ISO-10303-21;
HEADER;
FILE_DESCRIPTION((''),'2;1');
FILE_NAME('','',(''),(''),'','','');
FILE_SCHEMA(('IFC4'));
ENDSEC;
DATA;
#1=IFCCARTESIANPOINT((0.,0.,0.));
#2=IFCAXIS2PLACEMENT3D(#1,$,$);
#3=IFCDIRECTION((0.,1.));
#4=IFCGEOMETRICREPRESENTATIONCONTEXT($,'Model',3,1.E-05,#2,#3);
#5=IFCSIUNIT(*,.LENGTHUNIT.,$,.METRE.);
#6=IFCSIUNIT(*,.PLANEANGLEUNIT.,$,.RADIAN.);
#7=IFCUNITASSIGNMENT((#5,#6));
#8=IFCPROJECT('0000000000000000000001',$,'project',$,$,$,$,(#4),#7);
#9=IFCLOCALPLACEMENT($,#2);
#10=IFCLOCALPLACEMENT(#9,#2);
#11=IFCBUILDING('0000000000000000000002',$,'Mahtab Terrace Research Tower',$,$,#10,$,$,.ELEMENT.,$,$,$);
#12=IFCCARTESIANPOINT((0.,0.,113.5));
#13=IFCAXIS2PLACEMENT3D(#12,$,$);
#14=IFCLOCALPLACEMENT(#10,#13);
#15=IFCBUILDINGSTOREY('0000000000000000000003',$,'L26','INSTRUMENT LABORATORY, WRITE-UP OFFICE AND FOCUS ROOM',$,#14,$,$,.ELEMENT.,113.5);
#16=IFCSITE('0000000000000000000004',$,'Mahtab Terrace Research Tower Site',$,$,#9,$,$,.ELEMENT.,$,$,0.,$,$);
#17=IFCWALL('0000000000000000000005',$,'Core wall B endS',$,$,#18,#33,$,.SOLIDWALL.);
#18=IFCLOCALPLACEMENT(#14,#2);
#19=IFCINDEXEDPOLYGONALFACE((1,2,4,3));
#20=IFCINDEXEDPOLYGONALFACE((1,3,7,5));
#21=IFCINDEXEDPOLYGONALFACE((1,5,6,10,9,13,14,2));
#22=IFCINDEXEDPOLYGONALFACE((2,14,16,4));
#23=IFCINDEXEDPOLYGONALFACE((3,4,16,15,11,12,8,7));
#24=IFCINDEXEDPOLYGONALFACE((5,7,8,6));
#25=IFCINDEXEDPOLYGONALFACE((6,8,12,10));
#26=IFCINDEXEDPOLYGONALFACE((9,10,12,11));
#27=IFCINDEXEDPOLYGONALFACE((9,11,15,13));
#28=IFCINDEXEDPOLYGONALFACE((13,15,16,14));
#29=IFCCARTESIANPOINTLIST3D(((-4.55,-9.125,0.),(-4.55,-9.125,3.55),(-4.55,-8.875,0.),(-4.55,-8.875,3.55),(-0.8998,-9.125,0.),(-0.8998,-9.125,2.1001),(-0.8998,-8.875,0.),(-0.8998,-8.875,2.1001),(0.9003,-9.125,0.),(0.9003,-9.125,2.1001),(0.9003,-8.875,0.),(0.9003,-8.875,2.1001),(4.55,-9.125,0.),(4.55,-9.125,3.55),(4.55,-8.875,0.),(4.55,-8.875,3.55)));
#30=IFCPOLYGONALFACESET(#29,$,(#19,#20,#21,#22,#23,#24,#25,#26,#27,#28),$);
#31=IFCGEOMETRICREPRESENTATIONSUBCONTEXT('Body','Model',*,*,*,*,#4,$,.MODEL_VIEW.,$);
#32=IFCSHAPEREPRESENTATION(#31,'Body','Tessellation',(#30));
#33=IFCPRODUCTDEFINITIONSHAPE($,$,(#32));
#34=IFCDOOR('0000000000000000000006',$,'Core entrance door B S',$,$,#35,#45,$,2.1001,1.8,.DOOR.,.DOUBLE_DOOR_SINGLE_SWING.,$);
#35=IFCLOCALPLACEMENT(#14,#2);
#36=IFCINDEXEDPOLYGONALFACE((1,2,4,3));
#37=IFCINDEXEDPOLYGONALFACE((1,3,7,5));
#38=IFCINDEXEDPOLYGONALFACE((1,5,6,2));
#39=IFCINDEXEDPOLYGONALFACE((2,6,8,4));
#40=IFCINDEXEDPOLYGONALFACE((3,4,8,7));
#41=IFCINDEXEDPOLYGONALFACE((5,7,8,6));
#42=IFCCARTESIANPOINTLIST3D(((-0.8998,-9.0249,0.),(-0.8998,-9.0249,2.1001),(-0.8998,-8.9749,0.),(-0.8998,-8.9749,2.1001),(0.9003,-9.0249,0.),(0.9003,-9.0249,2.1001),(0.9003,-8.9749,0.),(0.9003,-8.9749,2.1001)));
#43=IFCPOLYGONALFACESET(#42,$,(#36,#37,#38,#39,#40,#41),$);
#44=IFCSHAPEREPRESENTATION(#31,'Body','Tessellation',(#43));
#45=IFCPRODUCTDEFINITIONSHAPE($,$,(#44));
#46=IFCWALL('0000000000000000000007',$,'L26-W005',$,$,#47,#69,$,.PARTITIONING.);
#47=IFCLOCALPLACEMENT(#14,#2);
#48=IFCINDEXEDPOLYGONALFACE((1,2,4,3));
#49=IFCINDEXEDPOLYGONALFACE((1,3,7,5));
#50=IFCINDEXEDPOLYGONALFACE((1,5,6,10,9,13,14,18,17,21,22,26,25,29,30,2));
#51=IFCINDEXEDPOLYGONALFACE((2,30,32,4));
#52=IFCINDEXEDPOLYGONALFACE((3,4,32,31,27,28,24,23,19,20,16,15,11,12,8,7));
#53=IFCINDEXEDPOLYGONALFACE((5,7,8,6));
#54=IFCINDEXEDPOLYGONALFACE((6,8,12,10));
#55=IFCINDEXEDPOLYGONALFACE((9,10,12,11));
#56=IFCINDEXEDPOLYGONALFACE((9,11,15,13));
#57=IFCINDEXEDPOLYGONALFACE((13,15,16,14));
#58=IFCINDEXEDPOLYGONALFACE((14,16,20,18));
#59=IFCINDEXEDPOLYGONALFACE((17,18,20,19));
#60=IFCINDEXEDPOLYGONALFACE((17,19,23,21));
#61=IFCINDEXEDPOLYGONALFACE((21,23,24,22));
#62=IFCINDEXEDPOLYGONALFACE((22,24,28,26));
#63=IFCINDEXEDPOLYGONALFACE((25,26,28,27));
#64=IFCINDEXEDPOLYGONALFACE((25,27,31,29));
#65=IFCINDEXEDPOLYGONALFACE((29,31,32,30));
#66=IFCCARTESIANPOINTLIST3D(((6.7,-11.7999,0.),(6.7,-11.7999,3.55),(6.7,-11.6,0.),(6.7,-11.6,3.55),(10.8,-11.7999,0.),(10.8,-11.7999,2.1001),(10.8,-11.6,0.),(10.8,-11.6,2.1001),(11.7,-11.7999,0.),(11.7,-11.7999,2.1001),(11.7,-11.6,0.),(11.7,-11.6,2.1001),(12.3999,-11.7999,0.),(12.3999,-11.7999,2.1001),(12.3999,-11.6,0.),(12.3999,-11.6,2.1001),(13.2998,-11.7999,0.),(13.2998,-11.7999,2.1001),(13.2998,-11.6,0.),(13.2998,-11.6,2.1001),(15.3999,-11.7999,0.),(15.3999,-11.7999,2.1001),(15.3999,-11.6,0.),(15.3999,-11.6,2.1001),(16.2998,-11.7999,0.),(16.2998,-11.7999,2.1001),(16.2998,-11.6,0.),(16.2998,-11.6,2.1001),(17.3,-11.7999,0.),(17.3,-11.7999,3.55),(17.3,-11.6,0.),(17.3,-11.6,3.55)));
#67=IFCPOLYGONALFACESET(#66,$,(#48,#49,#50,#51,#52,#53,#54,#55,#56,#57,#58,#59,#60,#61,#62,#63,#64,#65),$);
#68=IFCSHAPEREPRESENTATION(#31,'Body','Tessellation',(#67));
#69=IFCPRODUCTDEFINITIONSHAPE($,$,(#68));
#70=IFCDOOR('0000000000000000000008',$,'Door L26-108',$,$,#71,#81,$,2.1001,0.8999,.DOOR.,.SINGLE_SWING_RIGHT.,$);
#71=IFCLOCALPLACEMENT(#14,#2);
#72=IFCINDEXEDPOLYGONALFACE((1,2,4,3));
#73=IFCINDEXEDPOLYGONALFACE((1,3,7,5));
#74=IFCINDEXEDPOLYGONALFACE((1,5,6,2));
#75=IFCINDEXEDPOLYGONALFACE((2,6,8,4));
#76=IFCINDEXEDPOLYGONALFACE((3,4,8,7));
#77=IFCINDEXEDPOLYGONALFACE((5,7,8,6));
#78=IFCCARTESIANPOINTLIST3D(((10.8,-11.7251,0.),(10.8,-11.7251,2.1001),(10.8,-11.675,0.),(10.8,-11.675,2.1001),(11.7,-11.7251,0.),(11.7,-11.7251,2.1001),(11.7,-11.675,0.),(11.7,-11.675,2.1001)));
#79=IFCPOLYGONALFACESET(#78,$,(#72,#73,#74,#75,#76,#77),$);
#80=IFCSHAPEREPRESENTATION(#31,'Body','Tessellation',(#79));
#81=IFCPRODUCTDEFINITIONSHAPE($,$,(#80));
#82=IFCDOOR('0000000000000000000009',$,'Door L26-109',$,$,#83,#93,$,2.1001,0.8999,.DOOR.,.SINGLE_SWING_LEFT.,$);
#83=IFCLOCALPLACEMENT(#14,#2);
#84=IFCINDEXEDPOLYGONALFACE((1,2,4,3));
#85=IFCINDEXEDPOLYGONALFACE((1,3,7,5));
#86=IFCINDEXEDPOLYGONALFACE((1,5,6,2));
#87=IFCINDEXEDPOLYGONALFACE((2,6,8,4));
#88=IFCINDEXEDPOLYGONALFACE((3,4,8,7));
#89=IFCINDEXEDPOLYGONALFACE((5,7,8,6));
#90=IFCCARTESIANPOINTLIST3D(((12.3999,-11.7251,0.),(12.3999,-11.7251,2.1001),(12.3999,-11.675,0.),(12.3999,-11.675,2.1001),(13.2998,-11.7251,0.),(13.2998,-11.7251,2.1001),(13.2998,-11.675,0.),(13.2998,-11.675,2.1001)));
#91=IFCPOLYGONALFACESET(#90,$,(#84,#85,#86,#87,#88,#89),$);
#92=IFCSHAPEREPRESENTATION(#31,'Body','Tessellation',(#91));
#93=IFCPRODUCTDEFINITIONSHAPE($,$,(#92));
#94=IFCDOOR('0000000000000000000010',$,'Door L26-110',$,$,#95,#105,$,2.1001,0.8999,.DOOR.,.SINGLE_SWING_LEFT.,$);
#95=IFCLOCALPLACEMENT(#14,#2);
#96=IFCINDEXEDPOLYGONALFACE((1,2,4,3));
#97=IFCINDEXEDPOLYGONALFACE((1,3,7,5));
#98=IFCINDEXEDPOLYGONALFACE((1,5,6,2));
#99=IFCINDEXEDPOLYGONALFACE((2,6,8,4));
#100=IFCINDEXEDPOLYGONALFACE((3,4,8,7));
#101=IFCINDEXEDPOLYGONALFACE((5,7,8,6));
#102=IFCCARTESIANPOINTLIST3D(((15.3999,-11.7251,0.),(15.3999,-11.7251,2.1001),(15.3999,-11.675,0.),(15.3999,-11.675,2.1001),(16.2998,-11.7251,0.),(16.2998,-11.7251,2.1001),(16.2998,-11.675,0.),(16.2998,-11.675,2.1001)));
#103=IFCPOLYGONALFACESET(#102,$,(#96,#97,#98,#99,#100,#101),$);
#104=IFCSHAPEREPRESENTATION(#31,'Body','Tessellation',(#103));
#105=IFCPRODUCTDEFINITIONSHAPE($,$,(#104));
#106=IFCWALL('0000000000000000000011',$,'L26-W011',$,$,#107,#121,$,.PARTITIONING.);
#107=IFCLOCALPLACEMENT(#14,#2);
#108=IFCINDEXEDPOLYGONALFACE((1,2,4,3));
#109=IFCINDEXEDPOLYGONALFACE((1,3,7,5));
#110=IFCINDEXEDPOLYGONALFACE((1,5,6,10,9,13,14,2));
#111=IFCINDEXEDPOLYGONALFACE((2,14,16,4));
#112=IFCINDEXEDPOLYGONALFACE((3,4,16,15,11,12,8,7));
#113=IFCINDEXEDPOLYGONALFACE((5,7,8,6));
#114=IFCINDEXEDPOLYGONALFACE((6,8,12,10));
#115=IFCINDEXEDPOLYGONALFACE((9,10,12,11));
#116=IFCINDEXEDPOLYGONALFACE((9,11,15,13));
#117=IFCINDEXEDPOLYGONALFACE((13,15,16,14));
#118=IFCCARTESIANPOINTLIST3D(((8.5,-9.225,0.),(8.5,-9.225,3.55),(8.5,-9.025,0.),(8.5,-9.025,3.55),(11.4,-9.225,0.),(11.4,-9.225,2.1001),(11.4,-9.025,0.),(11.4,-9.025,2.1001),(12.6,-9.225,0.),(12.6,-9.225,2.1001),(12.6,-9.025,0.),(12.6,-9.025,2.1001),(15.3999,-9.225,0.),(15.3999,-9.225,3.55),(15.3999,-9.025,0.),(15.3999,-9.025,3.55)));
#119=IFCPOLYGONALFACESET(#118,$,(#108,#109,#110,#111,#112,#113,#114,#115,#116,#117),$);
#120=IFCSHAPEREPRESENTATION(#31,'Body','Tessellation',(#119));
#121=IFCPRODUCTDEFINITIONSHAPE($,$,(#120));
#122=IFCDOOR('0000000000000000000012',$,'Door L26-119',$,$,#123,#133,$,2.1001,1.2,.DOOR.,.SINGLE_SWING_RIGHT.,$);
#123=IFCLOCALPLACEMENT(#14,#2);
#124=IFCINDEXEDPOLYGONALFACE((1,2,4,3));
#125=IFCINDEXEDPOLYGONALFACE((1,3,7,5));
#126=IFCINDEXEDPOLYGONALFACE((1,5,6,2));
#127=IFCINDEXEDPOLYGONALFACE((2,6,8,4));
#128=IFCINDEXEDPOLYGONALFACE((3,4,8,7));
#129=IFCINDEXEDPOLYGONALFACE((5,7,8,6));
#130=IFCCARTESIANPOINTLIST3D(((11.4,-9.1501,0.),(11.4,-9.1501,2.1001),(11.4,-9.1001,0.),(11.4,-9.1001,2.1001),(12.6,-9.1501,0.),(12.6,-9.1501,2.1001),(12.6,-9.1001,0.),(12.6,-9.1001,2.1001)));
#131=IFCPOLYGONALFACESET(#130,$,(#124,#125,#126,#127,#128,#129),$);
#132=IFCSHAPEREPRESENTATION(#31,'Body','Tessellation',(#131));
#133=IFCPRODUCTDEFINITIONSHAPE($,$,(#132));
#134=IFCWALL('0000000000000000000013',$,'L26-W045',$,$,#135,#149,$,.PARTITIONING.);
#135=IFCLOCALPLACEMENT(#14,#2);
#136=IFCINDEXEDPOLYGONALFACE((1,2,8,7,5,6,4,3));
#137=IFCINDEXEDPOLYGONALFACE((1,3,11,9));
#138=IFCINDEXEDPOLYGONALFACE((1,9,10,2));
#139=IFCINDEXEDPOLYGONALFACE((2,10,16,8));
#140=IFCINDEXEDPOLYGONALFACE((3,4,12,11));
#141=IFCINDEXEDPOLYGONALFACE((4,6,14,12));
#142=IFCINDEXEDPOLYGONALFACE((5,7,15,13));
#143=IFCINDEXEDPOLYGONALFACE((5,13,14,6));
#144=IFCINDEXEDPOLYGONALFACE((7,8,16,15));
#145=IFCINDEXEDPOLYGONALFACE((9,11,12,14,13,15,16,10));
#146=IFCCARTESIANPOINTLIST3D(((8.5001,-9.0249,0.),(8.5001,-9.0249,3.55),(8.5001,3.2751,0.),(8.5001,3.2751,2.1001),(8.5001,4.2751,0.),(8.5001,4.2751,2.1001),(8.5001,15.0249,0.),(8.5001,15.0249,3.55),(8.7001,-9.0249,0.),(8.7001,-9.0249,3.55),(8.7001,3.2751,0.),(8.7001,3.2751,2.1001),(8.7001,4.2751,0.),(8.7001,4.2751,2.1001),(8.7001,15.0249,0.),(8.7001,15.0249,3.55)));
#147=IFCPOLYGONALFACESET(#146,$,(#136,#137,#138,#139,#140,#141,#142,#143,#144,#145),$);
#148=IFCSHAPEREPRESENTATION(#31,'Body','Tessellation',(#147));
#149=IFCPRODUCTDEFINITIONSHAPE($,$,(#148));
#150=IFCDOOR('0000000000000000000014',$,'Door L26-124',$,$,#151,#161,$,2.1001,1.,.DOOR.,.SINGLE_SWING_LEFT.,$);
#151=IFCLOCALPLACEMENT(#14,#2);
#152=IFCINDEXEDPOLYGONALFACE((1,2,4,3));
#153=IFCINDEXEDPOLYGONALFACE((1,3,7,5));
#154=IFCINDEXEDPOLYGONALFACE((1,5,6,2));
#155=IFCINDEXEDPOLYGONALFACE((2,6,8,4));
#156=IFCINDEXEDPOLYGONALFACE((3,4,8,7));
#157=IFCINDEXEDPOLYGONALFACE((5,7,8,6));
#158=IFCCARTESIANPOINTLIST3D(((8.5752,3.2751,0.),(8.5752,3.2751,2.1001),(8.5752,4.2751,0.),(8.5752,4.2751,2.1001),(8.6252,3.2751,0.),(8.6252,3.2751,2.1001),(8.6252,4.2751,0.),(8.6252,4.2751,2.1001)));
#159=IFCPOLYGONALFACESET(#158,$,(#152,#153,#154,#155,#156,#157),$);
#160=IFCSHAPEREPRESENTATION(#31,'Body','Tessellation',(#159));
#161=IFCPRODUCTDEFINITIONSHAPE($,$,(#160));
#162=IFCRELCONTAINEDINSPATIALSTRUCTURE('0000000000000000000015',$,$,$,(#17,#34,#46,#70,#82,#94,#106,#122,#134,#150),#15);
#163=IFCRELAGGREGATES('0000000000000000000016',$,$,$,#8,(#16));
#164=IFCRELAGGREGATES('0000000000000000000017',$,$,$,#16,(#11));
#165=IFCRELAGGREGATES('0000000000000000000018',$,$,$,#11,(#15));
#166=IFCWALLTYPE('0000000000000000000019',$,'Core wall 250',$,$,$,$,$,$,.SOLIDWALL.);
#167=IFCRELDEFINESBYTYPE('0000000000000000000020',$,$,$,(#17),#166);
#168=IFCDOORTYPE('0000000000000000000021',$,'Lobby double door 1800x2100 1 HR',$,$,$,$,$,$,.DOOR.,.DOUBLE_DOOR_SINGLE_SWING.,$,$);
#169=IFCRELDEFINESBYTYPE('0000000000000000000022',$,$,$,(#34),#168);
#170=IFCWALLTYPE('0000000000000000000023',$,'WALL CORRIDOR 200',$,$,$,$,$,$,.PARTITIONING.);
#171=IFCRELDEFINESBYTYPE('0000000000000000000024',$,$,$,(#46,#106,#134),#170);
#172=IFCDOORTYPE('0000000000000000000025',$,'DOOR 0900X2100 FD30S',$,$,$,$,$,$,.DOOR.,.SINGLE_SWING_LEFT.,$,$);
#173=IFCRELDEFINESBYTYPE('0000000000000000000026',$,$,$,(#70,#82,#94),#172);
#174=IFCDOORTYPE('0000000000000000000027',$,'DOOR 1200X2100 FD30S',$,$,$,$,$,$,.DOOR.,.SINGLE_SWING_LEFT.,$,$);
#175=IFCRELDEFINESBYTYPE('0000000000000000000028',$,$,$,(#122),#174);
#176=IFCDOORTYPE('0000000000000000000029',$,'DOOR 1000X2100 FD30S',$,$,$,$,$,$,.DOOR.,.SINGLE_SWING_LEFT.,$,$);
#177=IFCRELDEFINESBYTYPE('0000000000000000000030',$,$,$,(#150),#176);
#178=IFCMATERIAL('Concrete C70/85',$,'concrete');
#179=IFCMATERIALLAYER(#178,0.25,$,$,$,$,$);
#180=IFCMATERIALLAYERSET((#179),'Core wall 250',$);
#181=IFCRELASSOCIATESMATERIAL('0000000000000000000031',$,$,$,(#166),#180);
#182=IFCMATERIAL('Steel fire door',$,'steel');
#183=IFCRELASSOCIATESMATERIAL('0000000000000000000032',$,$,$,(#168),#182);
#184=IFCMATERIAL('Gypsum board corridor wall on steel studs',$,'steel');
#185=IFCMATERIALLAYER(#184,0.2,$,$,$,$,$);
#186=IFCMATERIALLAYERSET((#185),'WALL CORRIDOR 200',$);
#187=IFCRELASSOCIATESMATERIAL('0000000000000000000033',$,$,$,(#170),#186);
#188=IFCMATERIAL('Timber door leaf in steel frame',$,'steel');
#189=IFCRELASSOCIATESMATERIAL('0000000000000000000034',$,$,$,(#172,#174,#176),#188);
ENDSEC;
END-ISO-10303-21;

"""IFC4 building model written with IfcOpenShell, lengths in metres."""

from ifc_helpers import new_model, si_unit, direction, frame, frame_2d, origin, place, context, subcontext, project, spatial, rectangle, extrude, material, layer, layer_set, type_object, element, fill, save


model = new_model("IFC4")

# Units and contexts
model_context = context("Model", 3, precision=1e-05, world=origin(), true_north=direction((0.0, 1.0)))
body_context = subcontext(model_context, "Body", "Model", "MODEL_VIEW")
ifc_project = project(units=[si_unit("LENGTHUNIT", "METRE"), si_unit("PLANEANGLEUNIT", "RADIAN")], contexts=[model_context])

# Site, building, storey
site_placement = place(None, origin())
site = spatial("IfcSite", under=ifc_project, at=site_placement, Name="Mahtab Terrace Research Tower Site", CompositionType="ELEMENT", RefElevation=0.0)
building_placement = place(site_placement, origin())
building = spatial("IfcBuilding", under=site, at=building_placement, Name="Mahtab Terrace Research Tower", CompositionType="ELEMENT")
storey_placement = place(building_placement, frame((0.0, 0.0, 113.5)))
storey = spatial("IfcBuildingStorey", under=building, at=storey_placement, Name="L26", Description="INSTRUMENT LABORATORY, WRITE-UP OFFICE AND FOCUS ROOM", CompositionType="ELEMENT", Elevation=113.5)

# Shared definitions
ifc_material_1 = material(Name="Concrete C70/85", Category="concrete")

# Shared definitions
ifc_layer_1 = layer(ifc_material_1, 0.25)
ifc_layer_set_1 = layer_set([ifc_layer_1], Name="Core wall 250")
wall_type_1 = type_object("IfcWallType", Name="Core wall 250", PredefinedType="SOLIDWALL", material=ifc_layer_set_1)

# Wall, opening, door
wall_1_placement = place(storey_placement, frame((4.55, -9.0, 0.0), z_axis=(0.0, 0.0, 1.0), x_axis=(-1.0, 0.0, 0.0)))
wall_1 = element("IfcWall", 1, at=wall_1_placement, inside=storey, type_object=wall_type_1, Name="Core wall B endS", PredefinedType="SOLIDWALL", context=body_context, shape_type="SweptSolid", body=[
    extrude(rectangle(XDim=9.1001, YDim=0.25, at=frame_2d((4.55, 0.0))), origin(), (0.0, 0.0, 1.0), 3.55),
])
opening_1_placement = place(wall_1_placement, frame((3.6499, 0.0, 0.0)))
opening_1 = element("IfcOpeningElement", 2, at=opening_1_placement, cuts=wall_1, PredefinedType="OPENING", context=body_context, shape_type="SweptSolid", body=[
    extrude(rectangle(XDim=1.8, YDim=2.1001, at=frame_2d((0.8999, 1.05))), frame((0.0, 0.135, 0.0), z_axis=(0.0, -1.0, 0.0), x_axis=(1.0, 0.0, 0.0)), (0.0, 0.0, 1.0), 0.27),
])
ifc_material_2 = material(Name="Steel fire door", Category="steel")
door_type_1 = type_object("IfcDoorType", Name="Lobby double door 1800x2100 1 HR", OperationType="DOUBLE_DOOR_SINGLE_SWING", PredefinedType="DOOR", material=ifc_material_2)
door_1_placement = place(opening_1_placement, origin())
door_1 = element("IfcDoor", 3, at=door_1_placement, inside=storey, type_object=door_type_1, Name="Core entrance door B S", OperationType="DOUBLE_DOOR_SINGLE_SWING", OverallHeight=2.1001, OverallWidth=1.8, PredefinedType="DOOR", context=body_context, shape_type="SweptSolid", body=[
    extrude(rectangle(XDim=1.8, YDim=2.1001, at=frame_2d((0.8999, 1.05))), frame((0.0, 0.0249, 0.0), z_axis=(0.0, -1.0, 0.0), x_axis=(1.0, 0.0, 0.0)), (0.0, 0.0, 1.0), 0.05),
])
fill(opening_1, door_1)

# Wall, openings, doors
ifc_material_3 = material(Name="Gypsum board corridor wall on steel studs", Category="steel")
ifc_layer_2 = layer(ifc_material_3, 0.2)
ifc_layer_set_2 = layer_set([ifc_layer_2], Name="WALL CORRIDOR 200")
wall_type_2 = type_object("IfcWallType", Name="WALL CORRIDOR 200", PredefinedType="PARTITIONING", material=ifc_layer_set_2)
wall_2_placement = place(storey_placement, frame((6.7, -11.7, 0.0), z_axis=(0.0, 0.0, 1.0), x_axis=(1.0, 0.0, 0.0)))
wall_2 = element("IfcWall", 4, at=wall_2_placement, inside=storey, type_object=wall_type_2, Name="L26-W005", PredefinedType="PARTITIONING", context=body_context, shape_type="SweptSolid", body=[
    extrude(rectangle(XDim=10.6001, YDim=0.2, at=frame_2d((5.3, 0.0))), origin(), (0.0, 0.0, 1.0), 3.55),
])
opening_2_placement = place(wall_2_placement, frame((4.1001, 0.0, 0.0)))
opening_2 = element("IfcOpeningElement", 5, at=opening_2_placement, cuts=wall_2, PredefinedType="OPENING", context=body_context, shape_type="SweptSolid", body=[
    extrude(rectangle(XDim=0.8999, YDim=2.1001, at=frame_2d((0.45, 1.05))), frame((0.0, 0.1099, 0.0), z_axis=(0.0, -1.0, 0.0), x_axis=(1.0, 0.0, 0.0)), (0.0, 0.0, 1.0), 0.22),
])
opening_3_placement = place(wall_2_placement, frame((5.7, 0.0, 0.0)))
opening_3 = element("IfcOpeningElement", 6, at=opening_3_placement, cuts=wall_2, PredefinedType="OPENING", context=body_context, shape_type="SweptSolid", body=[
    extrude(rectangle(XDim=0.8999, YDim=2.1001, at=frame_2d((0.45, 1.05))), frame((0.0, 0.1099, 0.0), z_axis=(0.0, -1.0, 0.0), x_axis=(1.0, 0.0, 0.0)), (0.0, 0.0, 1.0), 0.22),
])
opening_4_placement = place(wall_2_placement, frame((8.7, 0.0, 0.0)))
opening_4 = element("IfcOpeningElement", 7, at=opening_4_placement, cuts=wall_2, PredefinedType="OPENING", context=body_context, shape_type="SweptSolid", body=[
    extrude(rectangle(XDim=0.8999, YDim=2.1001, at=frame_2d((0.45, 1.05))), frame((0.0, 0.1099, 0.0), z_axis=(0.0, -1.0, 0.0), x_axis=(1.0, 0.0, 0.0)), (0.0, 0.0, 1.0), 0.22),
])
ifc_material_4 = material(Name="Timber door leaf in steel frame", Category="steel")
door_type_2 = type_object("IfcDoorType", Name="DOOR 0900X2100 FD30S", OperationType="SINGLE_SWING_LEFT", PredefinedType="DOOR", material=ifc_material_4)
door_2_placement = place(opening_2_placement, origin())
door_2 = element("IfcDoor", 8, at=door_2_placement, inside=storey, type_object=door_type_2, Name="Door L26-108", OperationType="SINGLE_SWING_RIGHT", OverallHeight=2.1001, OverallWidth=0.8999, PredefinedType="DOOR", context=body_context, shape_type="SweptSolid", body=[
    extrude(rectangle(XDim=0.8999, YDim=2.1001, at=frame_2d((0.45, 1.05))), frame((0.0, 0.0249, 0.0), z_axis=(0.0, -1.0, 0.0), x_axis=(1.0, 0.0, 0.0)), (0.0, 0.0, 1.0), 0.05),
])
fill(opening_2, door_2)
door_3_placement = place(opening_3_placement, origin())
door_3 = element("IfcDoor", 9, at=door_3_placement, inside=storey, type_object=door_type_2, Name="Door L26-109", OperationType="SINGLE_SWING_LEFT", OverallHeight=2.1001, OverallWidth=0.8999, PredefinedType="DOOR", context=body_context, shape_type="SweptSolid", body=[
    extrude(rectangle(XDim=0.8999, YDim=2.1001, at=frame_2d((0.45, 1.05))), frame((0.0, 0.0249, 0.0), z_axis=(0.0, -1.0, 0.0), x_axis=(1.0, 0.0, 0.0)), (0.0, 0.0, 1.0), 0.05),
])
fill(opening_3, door_3)
door_4_placement = place(opening_4_placement, origin())
door_4 = element("IfcDoor", 10, at=door_4_placement, inside=storey, type_object=door_type_2, Name="Door L26-110", OperationType="SINGLE_SWING_LEFT", OverallHeight=2.1001, OverallWidth=0.8999, PredefinedType="DOOR", context=body_context, shape_type="SweptSolid", body=[
    extrude(rectangle(XDim=0.8999, YDim=2.1001, at=frame_2d((0.45, 1.05))), frame((0.0, 0.0249, 0.0), z_axis=(0.0, -1.0, 0.0), x_axis=(1.0, 0.0, 0.0)), (0.0, 0.0, 1.0), 0.05),
])
fill(opening_4, door_4)

# Walls, openings, doors
wall_3_placement = place(storey_placement, frame((8.5, -9.125, 0.0), z_axis=(0.0, 0.0, 1.0), x_axis=(1.0, 0.0, 0.0)))
wall_3 = element("IfcWall", 11, at=wall_3_placement, inside=storey, type_object=wall_type_2, Name="L26-W011", PredefinedType="PARTITIONING", context=body_context, shape_type="SweptSolid", body=[
    extrude(rectangle(XDim=6.8999, YDim=0.2, at=frame_2d((3.45, 0.0))), origin(), (0.0, 0.0, 1.0), 3.55),
])
opening_5_placement = place(wall_3_placement, frame((2.8999, 0.0, 0.0)))
opening_5 = element("IfcOpeningElement", 12, at=opening_5_placement, cuts=wall_3, PredefinedType="OPENING", context=body_context, shape_type="SweptSolid", body=[
    extrude(rectangle(XDim=1.2, YDim=2.1001, at=frame_2d((0.6001, 1.05))), frame((0.0, 0.1099, 0.0), z_axis=(0.0, -1.0, 0.0), x_axis=(1.0, 0.0, 0.0)), (0.0, 0.0, 1.0), 0.22),
])
door_type_3 = type_object("IfcDoorType", Name="DOOR 1200X2100 FD30S", OperationType="SINGLE_SWING_LEFT", PredefinedType="DOOR", material=ifc_material_4)
door_5_placement = place(opening_5_placement, origin())
door_5 = element("IfcDoor", 13, at=door_5_placement, inside=storey, type_object=door_type_3, Name="Door L26-119", OperationType="SINGLE_SWING_RIGHT", OverallHeight=2.1001, OverallWidth=1.2, PredefinedType="DOOR", context=body_context, shape_type="SweptSolid", body=[
    extrude(rectangle(XDim=1.2, YDim=2.1001, at=frame_2d((0.6001, 1.05))), frame((0.0, 0.0249, 0.0), z_axis=(0.0, -1.0, 0.0), x_axis=(1.0, 0.0, 0.0)), (0.0, 0.0, 1.0), 0.05),
])
fill(opening_5, door_5)
wall_4_placement = place(storey_placement, frame((8.6001, -9.0249, 0.0), z_axis=(0.0, 0.0, 1.0), x_axis=(0.0, 1.0, 0.0)))
wall_4 = element("IfcWall", 14, at=wall_4_placement, inside=storey, type_object=wall_type_2, Name="L26-W045", PredefinedType="PARTITIONING", context=body_context, shape_type="SweptSolid", body=[
    extrude(rectangle(XDim=24.0498, YDim=0.2, at=frame_2d((12.0249, 0.0))), origin(), (0.0, 0.0, 1.0), 3.55),
])
opening_6_placement = place(wall_4_placement, frame((12.3, 0.0, 0.0)))
opening_6 = element("IfcOpeningElement", 15, at=opening_6_placement, cuts=wall_4, PredefinedType="OPENING", context=body_context, shape_type="SweptSolid", body=[
    extrude(rectangle(XDim=1.0, YDim=2.1001, at=frame_2d((0.5, 1.05))), frame((0.0, 0.1099, 0.0), z_axis=(0.0, -1.0, 0.0), x_axis=(1.0, 0.0, 0.0)), (0.0, 0.0, 1.0), 0.22),
])
door_type_4 = type_object("IfcDoorType", Name="DOOR 1000X2100 FD30S", OperationType="SINGLE_SWING_LEFT", PredefinedType="DOOR", material=ifc_material_4)
door_6_placement = place(opening_6_placement, origin())
door_6 = element("IfcDoor", 16, at=door_6_placement, inside=storey, type_object=door_type_4, Name="Door L26-124", OperationType="SINGLE_SWING_LEFT", OverallHeight=2.1001, OverallWidth=1.0, PredefinedType="DOOR", context=body_context, shape_type="SweptSolid", body=[
    extrude(rectangle(XDim=1.0, YDim=2.1001, at=frame_2d((0.5, 1.05))), frame((0.0, 0.0249, 0.0), z_axis=(0.0, -1.0, 0.0), x_axis=(1.0, 0.0, 0.0)), (0.0, 0.0, 1.0), 0.05),
])
fill(opening_6, door_6)

save(model, "model.ifc")
